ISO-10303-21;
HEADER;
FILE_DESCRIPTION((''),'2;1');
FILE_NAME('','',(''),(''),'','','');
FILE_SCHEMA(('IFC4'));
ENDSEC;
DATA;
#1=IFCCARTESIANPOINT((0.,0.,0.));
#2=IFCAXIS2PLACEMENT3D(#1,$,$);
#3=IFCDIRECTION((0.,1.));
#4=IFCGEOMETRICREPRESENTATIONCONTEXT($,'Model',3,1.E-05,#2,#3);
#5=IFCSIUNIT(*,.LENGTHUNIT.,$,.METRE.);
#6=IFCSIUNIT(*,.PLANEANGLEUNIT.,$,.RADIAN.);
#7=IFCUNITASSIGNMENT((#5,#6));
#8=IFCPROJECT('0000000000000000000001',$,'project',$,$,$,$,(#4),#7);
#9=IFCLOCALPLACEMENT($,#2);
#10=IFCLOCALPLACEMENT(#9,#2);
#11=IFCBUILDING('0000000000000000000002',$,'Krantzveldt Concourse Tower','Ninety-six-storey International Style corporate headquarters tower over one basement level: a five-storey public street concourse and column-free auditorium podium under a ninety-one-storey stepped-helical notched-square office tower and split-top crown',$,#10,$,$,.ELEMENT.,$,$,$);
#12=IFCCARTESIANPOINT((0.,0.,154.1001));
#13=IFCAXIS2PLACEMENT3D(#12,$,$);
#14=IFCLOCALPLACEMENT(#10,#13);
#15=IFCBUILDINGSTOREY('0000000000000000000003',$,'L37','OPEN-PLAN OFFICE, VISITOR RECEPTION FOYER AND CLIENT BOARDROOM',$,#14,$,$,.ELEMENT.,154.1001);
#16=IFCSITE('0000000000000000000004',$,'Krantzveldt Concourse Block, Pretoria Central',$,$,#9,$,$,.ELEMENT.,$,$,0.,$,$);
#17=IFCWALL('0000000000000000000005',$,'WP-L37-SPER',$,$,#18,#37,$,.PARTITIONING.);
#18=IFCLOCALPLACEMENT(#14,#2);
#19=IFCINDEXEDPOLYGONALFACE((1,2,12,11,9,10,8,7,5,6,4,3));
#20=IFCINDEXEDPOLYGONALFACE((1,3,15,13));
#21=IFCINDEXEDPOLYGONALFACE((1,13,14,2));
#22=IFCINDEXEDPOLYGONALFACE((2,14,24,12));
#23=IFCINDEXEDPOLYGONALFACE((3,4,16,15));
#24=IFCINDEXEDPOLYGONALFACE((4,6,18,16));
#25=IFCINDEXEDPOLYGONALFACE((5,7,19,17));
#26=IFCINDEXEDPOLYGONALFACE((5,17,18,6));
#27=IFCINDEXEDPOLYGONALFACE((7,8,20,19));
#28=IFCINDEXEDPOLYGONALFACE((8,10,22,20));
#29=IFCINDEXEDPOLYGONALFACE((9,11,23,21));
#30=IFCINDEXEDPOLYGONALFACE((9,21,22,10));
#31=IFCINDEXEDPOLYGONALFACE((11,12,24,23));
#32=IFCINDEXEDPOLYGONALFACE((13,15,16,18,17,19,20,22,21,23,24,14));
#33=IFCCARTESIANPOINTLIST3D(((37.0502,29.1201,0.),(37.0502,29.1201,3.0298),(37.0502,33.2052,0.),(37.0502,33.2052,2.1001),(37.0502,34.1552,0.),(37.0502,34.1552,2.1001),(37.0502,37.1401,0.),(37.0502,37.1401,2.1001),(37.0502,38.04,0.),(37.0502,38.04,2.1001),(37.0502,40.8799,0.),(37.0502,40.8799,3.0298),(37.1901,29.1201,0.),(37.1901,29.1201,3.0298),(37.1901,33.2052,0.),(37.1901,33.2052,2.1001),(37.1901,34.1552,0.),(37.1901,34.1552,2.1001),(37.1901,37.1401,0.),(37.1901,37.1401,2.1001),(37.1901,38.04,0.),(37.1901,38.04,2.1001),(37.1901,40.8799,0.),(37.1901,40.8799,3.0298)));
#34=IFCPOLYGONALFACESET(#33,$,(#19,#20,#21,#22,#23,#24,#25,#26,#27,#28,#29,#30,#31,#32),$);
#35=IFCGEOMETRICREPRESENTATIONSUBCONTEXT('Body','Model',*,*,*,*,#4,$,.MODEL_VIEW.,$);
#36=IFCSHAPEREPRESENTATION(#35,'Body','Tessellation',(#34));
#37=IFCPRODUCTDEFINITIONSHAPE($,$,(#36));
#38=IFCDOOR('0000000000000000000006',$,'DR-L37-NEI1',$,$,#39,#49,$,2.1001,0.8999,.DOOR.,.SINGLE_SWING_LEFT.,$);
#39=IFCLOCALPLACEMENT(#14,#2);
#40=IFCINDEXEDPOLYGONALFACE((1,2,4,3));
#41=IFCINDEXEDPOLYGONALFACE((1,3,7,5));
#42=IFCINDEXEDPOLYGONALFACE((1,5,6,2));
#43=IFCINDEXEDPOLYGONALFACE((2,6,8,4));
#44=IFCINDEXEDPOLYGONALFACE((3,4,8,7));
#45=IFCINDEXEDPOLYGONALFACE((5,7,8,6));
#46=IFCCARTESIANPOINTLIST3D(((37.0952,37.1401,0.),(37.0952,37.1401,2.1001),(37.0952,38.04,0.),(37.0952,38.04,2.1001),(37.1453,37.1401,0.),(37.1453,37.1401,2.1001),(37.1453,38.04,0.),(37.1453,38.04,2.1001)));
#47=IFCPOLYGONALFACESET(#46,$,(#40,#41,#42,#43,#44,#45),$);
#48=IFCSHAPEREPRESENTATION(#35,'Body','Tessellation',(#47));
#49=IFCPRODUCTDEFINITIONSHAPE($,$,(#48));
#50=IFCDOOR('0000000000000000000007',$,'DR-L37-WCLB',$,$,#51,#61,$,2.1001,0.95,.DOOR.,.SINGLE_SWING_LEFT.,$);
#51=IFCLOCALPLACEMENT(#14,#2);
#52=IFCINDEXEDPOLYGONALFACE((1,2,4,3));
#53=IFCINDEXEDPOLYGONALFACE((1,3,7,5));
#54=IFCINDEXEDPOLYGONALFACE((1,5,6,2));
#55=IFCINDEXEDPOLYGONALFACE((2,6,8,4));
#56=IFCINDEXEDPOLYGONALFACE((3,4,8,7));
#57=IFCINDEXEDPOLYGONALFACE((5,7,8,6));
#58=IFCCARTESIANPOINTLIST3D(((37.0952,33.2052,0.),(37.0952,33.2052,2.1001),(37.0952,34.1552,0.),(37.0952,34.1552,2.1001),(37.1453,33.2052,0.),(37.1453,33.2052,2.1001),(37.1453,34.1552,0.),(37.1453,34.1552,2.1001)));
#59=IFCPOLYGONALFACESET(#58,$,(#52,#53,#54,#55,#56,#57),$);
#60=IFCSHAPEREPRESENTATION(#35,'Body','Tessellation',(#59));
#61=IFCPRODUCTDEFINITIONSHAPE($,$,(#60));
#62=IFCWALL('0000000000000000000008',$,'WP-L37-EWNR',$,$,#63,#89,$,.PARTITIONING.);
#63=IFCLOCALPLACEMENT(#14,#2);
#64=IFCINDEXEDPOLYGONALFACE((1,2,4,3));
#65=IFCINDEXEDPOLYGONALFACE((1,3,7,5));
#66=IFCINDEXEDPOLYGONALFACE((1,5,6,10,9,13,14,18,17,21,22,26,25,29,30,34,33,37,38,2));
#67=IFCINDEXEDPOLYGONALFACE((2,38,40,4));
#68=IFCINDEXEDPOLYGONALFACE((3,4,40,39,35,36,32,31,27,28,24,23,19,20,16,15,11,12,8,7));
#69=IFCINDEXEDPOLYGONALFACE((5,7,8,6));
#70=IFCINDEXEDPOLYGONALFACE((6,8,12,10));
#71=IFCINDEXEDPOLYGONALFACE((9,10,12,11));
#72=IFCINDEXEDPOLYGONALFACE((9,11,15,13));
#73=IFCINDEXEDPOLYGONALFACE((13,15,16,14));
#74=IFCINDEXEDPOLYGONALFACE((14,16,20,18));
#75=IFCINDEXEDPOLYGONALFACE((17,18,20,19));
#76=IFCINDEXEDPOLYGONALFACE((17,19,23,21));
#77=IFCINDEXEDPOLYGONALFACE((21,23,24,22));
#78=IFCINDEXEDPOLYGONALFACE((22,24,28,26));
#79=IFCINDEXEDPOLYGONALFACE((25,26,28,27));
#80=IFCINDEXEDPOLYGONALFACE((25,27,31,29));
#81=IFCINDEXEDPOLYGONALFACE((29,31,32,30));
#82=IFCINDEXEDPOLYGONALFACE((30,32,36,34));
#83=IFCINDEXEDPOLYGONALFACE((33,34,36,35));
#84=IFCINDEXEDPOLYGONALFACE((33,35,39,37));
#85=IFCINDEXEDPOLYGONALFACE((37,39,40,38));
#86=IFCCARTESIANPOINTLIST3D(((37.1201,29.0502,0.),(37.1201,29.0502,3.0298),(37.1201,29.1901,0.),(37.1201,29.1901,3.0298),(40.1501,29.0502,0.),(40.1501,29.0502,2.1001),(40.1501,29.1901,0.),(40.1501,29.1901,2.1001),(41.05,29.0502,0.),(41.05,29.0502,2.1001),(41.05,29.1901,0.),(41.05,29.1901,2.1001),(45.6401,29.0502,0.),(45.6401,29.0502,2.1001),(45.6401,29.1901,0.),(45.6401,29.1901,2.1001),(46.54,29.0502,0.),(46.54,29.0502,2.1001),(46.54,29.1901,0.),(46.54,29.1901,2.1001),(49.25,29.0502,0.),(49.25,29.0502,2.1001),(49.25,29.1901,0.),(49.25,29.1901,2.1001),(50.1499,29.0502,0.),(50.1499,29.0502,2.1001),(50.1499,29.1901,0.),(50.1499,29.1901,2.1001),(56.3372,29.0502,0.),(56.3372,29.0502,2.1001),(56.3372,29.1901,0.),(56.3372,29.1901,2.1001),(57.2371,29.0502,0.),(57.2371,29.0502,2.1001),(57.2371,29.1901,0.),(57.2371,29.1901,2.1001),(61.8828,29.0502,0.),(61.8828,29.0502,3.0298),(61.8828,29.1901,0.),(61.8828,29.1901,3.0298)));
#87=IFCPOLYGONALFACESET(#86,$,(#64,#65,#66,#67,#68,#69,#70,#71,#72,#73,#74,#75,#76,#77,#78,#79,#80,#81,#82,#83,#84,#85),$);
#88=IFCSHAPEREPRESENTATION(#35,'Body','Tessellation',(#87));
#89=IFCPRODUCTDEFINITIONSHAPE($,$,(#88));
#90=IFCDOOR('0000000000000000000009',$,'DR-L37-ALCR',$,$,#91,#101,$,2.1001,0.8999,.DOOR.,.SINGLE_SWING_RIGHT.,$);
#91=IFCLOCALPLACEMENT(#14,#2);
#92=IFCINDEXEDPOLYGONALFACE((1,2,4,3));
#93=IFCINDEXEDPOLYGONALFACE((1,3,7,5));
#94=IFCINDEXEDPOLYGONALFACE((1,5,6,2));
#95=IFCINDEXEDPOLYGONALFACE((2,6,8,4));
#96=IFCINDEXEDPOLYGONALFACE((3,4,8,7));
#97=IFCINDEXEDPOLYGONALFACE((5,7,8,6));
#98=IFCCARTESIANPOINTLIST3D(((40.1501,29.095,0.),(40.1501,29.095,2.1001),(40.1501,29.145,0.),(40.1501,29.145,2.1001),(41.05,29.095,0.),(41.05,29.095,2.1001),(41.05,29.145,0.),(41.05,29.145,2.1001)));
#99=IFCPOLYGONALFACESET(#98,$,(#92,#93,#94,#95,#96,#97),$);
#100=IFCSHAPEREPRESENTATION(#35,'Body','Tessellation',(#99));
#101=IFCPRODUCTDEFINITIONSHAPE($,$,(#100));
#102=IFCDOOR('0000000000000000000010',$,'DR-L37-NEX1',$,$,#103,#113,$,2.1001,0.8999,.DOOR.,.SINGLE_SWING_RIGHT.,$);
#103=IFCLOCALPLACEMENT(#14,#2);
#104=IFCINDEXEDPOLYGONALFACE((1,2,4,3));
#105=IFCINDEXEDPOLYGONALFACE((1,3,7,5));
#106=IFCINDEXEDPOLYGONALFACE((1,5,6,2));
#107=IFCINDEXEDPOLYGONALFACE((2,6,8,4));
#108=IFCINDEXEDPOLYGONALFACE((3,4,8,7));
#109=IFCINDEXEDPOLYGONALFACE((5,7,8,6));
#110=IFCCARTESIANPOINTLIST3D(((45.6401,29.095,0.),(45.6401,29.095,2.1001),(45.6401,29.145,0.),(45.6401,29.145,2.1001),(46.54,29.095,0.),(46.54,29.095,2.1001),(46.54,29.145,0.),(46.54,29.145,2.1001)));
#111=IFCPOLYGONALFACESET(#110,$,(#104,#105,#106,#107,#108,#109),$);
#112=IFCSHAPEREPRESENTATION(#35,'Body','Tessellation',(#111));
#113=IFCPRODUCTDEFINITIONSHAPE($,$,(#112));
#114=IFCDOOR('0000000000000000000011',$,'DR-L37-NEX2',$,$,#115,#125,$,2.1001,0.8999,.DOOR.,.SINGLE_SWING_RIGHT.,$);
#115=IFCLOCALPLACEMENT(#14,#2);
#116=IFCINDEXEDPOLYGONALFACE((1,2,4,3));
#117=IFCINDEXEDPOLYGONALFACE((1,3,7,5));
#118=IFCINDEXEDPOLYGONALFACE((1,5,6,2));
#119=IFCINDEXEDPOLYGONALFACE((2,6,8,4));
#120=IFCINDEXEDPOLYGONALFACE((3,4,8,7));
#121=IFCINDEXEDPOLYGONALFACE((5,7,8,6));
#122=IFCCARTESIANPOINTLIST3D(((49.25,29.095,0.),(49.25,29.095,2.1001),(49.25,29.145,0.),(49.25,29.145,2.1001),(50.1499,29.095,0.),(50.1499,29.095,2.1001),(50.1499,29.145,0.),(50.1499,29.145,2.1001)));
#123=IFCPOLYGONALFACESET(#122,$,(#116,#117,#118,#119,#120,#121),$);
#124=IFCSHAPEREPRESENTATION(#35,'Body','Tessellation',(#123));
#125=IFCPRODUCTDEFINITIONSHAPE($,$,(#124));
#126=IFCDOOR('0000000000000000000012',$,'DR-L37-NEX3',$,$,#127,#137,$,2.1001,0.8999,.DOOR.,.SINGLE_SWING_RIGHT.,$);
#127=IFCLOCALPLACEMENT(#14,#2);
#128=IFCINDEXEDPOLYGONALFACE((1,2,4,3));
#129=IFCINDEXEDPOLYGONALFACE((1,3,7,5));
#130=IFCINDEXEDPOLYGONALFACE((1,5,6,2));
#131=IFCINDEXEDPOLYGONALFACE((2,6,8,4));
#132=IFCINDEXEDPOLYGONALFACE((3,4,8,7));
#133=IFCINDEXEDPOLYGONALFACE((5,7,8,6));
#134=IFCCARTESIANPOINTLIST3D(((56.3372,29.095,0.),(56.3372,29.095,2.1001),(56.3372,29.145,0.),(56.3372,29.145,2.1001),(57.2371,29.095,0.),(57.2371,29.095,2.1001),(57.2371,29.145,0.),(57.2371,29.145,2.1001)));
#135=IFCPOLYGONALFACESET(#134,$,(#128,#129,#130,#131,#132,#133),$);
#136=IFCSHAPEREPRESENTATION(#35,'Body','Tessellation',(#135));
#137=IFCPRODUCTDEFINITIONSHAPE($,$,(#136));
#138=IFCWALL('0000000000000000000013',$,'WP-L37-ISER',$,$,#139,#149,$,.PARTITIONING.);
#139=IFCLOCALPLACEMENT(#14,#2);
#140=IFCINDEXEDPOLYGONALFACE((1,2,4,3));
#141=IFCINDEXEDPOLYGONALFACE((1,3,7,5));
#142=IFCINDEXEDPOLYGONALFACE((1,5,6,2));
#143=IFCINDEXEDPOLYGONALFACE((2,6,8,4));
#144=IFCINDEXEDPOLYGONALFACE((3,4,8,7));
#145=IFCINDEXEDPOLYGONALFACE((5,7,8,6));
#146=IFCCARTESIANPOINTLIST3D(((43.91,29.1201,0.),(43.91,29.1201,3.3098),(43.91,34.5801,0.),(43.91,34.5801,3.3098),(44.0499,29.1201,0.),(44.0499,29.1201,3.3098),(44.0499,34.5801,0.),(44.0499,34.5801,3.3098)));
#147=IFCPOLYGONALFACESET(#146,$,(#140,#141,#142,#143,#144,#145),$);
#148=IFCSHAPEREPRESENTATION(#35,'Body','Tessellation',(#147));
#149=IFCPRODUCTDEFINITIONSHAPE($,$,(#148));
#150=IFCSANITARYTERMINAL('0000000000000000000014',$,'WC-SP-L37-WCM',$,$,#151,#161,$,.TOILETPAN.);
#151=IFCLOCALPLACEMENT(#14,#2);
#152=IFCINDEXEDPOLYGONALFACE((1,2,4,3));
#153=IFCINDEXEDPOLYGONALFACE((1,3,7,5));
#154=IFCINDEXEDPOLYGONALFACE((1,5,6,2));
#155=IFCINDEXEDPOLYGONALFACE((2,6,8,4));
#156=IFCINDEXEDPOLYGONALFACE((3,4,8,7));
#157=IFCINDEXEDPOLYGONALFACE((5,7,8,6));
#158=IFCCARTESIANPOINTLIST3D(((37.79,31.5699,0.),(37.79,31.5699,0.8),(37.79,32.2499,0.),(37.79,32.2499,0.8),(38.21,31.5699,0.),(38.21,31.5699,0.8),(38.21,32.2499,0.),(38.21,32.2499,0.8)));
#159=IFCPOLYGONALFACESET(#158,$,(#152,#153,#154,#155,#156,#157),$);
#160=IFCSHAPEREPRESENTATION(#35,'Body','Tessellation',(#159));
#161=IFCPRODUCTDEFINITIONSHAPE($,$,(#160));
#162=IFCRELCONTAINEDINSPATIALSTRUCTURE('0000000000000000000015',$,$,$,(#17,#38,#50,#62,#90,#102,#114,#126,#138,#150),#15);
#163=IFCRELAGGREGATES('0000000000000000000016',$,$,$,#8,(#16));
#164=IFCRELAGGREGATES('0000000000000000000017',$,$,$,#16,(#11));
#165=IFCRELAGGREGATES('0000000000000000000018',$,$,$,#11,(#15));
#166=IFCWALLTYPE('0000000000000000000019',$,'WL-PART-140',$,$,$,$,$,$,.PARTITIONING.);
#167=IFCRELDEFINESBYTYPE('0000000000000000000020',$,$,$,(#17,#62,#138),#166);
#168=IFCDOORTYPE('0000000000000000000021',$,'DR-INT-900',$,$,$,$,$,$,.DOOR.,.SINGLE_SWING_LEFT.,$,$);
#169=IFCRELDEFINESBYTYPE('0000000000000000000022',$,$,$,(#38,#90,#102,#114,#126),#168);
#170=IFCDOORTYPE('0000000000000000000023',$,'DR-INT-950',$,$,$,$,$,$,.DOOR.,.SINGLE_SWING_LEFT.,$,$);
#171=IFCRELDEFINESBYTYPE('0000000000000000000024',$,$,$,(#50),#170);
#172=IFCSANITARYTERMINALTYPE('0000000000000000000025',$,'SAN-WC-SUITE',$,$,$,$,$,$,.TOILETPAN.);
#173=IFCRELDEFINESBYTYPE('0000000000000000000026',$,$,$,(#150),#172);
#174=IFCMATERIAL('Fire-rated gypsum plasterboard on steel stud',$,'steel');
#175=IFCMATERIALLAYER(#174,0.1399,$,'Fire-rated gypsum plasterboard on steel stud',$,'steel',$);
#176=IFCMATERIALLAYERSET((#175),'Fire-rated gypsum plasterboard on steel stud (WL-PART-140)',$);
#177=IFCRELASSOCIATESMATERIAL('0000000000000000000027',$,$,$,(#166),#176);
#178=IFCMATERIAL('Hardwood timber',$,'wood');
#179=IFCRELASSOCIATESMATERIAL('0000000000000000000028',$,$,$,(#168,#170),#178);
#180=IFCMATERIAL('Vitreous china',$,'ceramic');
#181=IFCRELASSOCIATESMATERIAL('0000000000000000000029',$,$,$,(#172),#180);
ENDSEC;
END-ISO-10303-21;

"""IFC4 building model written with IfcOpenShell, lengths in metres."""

from ifc_helpers import new_model, si_unit, direction, frame, frame_2d, origin, origin_2d, place, context, subcontext, project, spatial, rectangle, extrude, source, transform, mapped, material, layer, layer_set, type_object, type_shapes, element, fill, save


model = new_model("IFC4")

# Units and contexts
model_context = context("Model", 3, precision=1e-05, world=origin(), true_north=direction((0.0, 1.0)))
body_context = subcontext(model_context, "Body", "Model", "MODEL_VIEW")
ifc_project = project(units=[si_unit("LENGTHUNIT", "METRE"), si_unit("PLANEANGLEUNIT", "RADIAN")], contexts=[model_context])

# Site, building, storey
site_placement = place(None, origin())
site = spatial("IfcSite", under=ifc_project, at=site_placement, Name="Krantzveldt Concourse Block, Pretoria Central", CompositionType="ELEMENT", RefElevation=0.0)
building_placement = place(site_placement, origin())
building = spatial("IfcBuilding", under=site, at=building_placement, Name="Krantzveldt Concourse Tower", Description="Ninety-six-storey International Style corporate headquarters tower over one basement level: a five-storey public street concourse and column-free auditorium podium under a ninety-one-storey stepped-helical notched-square office tower and split-top crown", CompositionType="ELEMENT")
storey_placement = place(building_placement, frame((0.0, 0.0, 154.1001)))
storey = spatial("IfcBuildingStorey", under=building, at=storey_placement, Name="L37", Description="OPEN-PLAN OFFICE, VISITOR RECEPTION FOYER AND CLIENT BOARDROOM", CompositionType="ELEMENT", Elevation=154.1001)

# Shared definitions
ifc_material_1 = material(Name="Fire-rated gypsum plasterboard on steel stud", Category="steel")

# Walls, openings, doors
ifc_layer_1 = layer(ifc_material_1, 0.1399, Name="Fire-rated gypsum plasterboard on steel stud", Category="steel")
ifc_layer_set_1 = layer_set([ifc_layer_1], Name="Fire-rated gypsum plasterboard on steel stud (WL-PART-140)")
wall_type_1 = type_object("IfcWallType", Name="WL-PART-140", PredefinedType="PARTITIONING", material=ifc_layer_set_1)
wall_1_placement = place(storey_placement, frame((37.1201, 29.1201, 0.0), z_axis=(0.0, 0.0, 1.0), x_axis=(0.0, 1.0, 0.0)))
wall_1 = element("IfcWall", 1, at=wall_1_placement, inside=storey, type_object=wall_type_1, Name="WP-L37-SPER", PredefinedType="PARTITIONING", context=body_context, shape_type="SweptSolid", body=[
    extrude(rectangle(XDim=11.7598, YDim=0.1399, at=frame_2d((5.8799, 0.0))), origin(), (0.0, 0.0, 1.0), 3.0298),
])
opening_1_placement = place(wall_1_placement, frame((4.085, 0.0, 0.0)))
opening_1 = element("IfcOpeningElement", 2, at=opening_1_placement, cuts=wall_1, PredefinedType="OPENING", context=body_context, shape_type="SweptSolid", body=[
    extrude(rectangle(XDim=0.95, YDim=2.1001, at=frame_2d((0.4751, 1.05))), frame((0.0, 0.0801, 0.0), z_axis=(0.0, -1.0, 0.0), x_axis=(1.0, 0.0, 0.0)), (0.0, 0.0, 1.0), 0.1599),
])
opening_2_placement = place(wall_1_placement, frame((8.02, 0.0, 0.0)))
opening_2 = element("IfcOpeningElement", 3, at=opening_2_placement, cuts=wall_1, PredefinedType="OPENING", context=body_context, shape_type="SweptSolid", body=[
    extrude(rectangle(XDim=0.8999, YDim=2.1001, at=frame_2d((0.45, 1.05))), frame((0.0, 0.0801, 0.0), z_axis=(0.0, -1.0, 0.0), x_axis=(1.0, 0.0, 0.0)), (0.0, 0.0, 1.0), 0.1599),
])
ifc_material_2 = material(Name="Hardwood timber", Category="wood")
door_type_1 = type_object("IfcDoorType", Name="DR-INT-900", OperationType="SINGLE_SWING_LEFT", PredefinedType="DOOR", material=ifc_material_2)
door_1_placement = place(opening_2_placement, origin())
door_1 = element("IfcDoor", 4, at=door_1_placement, inside=storey, type_object=door_type_1, Name="DR-L37-NEI1", OperationType="SINGLE_SWING_LEFT", OverallHeight=2.1001, OverallWidth=0.8999, PredefinedType="DOOR", context=body_context, shape_type="SweptSolid", body=[
    extrude(rectangle(XDim=0.8999, YDim=2.1001, at=frame_2d((0.45, 1.05))), frame((0.0, 0.0249, 0.0), z_axis=(0.0, -1.0, 0.0), x_axis=(1.0, 0.0, 0.0)), (0.0, 0.0, 1.0), 0.05),
])
fill(opening_2, door_1)
door_type_2 = type_object("IfcDoorType", Name="DR-INT-950", OperationType="SINGLE_SWING_LEFT", PredefinedType="DOOR", material=ifc_material_2)
door_2_placement = place(opening_1_placement, origin())
door_2 = element("IfcDoor", 5, at=door_2_placement, inside=storey, type_object=door_type_2, Name="DR-L37-WCLB", OperationType="SINGLE_SWING_LEFT", OverallHeight=2.1001, OverallWidth=0.95, PredefinedType="DOOR", context=body_context, shape_type="SweptSolid", body=[
    extrude(rectangle(XDim=0.95, YDim=2.1001, at=frame_2d((0.4751, 1.05))), frame((0.0, 0.0249, 0.0), z_axis=(0.0, -1.0, 0.0), x_axis=(1.0, 0.0, 0.0)), (0.0, 0.0, 1.0), 0.05),
])
fill(opening_1, door_2)
wall_2_placement = place(storey_placement, frame((37.1201, 29.1201, 0.0), z_axis=(0.0, 0.0, 1.0), x_axis=(1.0, 0.0, 0.0)))
wall_2 = element("IfcWall", 6, at=wall_2_placement, inside=storey, type_object=wall_type_1, Name="WP-L37-EWNR", PredefinedType="PARTITIONING", context=body_context, shape_type="SweptSolid", body=[
    extrude(rectangle(XDim=24.7627, YDim=0.1399, at=frame_2d((12.3813, 0.0))), origin(), (0.0, 0.0, 1.0), 3.0298),
])
opening_3_placement = place(wall_2_placement, frame((3.03, 0.0, 0.0)))
opening_3 = element("IfcOpeningElement", 7, at=opening_3_placement, cuts=wall_2, PredefinedType="OPENING", context=body_context, shape_type="SweptSolid", body=[
    extrude(rectangle(XDim=0.8999, YDim=2.1001, at=frame_2d((0.45, 1.05))), frame((0.0, 0.0801, 0.0), z_axis=(0.0, -1.0, 0.0), x_axis=(1.0, 0.0, 0.0)), (0.0, 0.0, 1.0), 0.1599),
])
opening_4_placement = place(wall_2_placement, frame((8.52, 0.0, 0.0)))
opening_4 = element("IfcOpeningElement", 8, at=opening_4_placement, cuts=wall_2, PredefinedType="OPENING", context=body_context, shape_type="SweptSolid", body=[
    extrude(rectangle(XDim=0.8999, YDim=2.1001, at=frame_2d((0.45, 1.05))), frame((0.0, 0.0801, 0.0), z_axis=(0.0, -1.0, 0.0), x_axis=(1.0, 0.0, 0.0)), (0.0, 0.0, 1.0), 0.1599),
])
opening_5_placement = place(wall_2_placement, frame((12.1299, 0.0, 0.0)))
opening_5 = element("IfcOpeningElement", 9, at=opening_5_placement, cuts=wall_2, PredefinedType="OPENING", context=body_context, shape_type="SweptSolid", body=[
    extrude(rectangle(XDim=0.8999, YDim=2.1001, at=frame_2d((0.45, 1.05))), frame((0.0, 0.0801, 0.0), z_axis=(0.0, -1.0, 0.0), x_axis=(1.0, 0.0, 0.0)), (0.0, 0.0, 1.0), 0.1599),
])
opening_6_placement = place(wall_2_placement, frame((19.217, 0.0, 0.0)))
opening_6 = element("IfcOpeningElement", 10, at=opening_6_placement, cuts=wall_2, PredefinedType="OPENING", context=body_context, shape_type="SweptSolid", body=[
    extrude(rectangle(XDim=0.8999, YDim=2.1001, at=frame_2d((0.45, 1.05))), frame((0.0, 0.0801, 0.0), z_axis=(0.0, -1.0, 0.0), x_axis=(1.0, 0.0, 0.0)), (0.0, 0.0, 1.0), 0.1599),
])
door_3_placement = place(opening_3_placement, origin())
door_3 = element("IfcDoor", 11, at=door_3_placement, inside=storey, type_object=door_type_1, Name="DR-L37-ALCR", OperationType="SINGLE_SWING_RIGHT", OverallHeight=2.1001, OverallWidth=0.8999, PredefinedType="DOOR", context=body_context, shape_type="SweptSolid", body=[
    extrude(rectangle(XDim=0.8999, YDim=2.1001, at=frame_2d((0.45, 1.05))), frame((0.0, 0.0249, 0.0), z_axis=(0.0, -1.0, 0.0), x_axis=(1.0, 0.0, 0.0)), (0.0, 0.0, 1.0), 0.05),
])
fill(opening_3, door_3)
door_4_placement = place(opening_4_placement, origin())
door_4 = element("IfcDoor", 12, at=door_4_placement, inside=storey, type_object=door_type_1, Name="DR-L37-NEX1", OperationType="SINGLE_SWING_RIGHT", OverallHeight=2.1001, OverallWidth=0.8999, PredefinedType="DOOR", context=body_context, shape_type="SweptSolid", body=[
    extrude(rectangle(XDim=0.8999, YDim=2.1001, at=frame_2d((0.45, 1.05))), frame((0.0, 0.0249, 0.0), z_axis=(0.0, -1.0, 0.0), x_axis=(1.0, 0.0, 0.0)), (0.0, 0.0, 1.0), 0.05),
])
fill(opening_4, door_4)
door_5_placement = place(opening_5_placement, origin())
door_5 = element("IfcDoor", 13, at=door_5_placement, inside=storey, type_object=door_type_1, Name="DR-L37-NEX2", OperationType="SINGLE_SWING_RIGHT", OverallHeight=2.1001, OverallWidth=0.8999, PredefinedType="DOOR", context=body_context, shape_type="SweptSolid", body=[
    extrude(rectangle(XDim=0.8999, YDim=2.1001, at=frame_2d((0.45, 1.05))), frame((0.0, 0.0249, 0.0), z_axis=(0.0, -1.0, 0.0), x_axis=(1.0, 0.0, 0.0)), (0.0, 0.0, 1.0), 0.05),
])
fill(opening_5, door_5)
door_6_placement = place(opening_6_placement, origin())
door_6 = element("IfcDoor", 14, at=door_6_placement, inside=storey, type_object=door_type_1, Name="DR-L37-NEX3", OperationType="SINGLE_SWING_RIGHT", OverallHeight=2.1001, OverallWidth=0.8999, PredefinedType="DOOR", context=body_context, shape_type="SweptSolid", body=[
    extrude(rectangle(XDim=0.8999, YDim=2.1001, at=frame_2d((0.45, 1.05))), frame((0.0, 0.0249, 0.0), z_axis=(0.0, -1.0, 0.0), x_axis=(1.0, 0.0, 0.0)), (0.0, 0.0, 1.0), 0.05),
])
fill(opening_6, door_6)

# Wall
wall_3_placement = place(storey_placement, frame((43.98, 29.1201, 0.0), z_axis=(0.0, 0.0, 1.0), x_axis=(0.0, 1.0, 0.0)))
element("IfcWall", 15, at=wall_3_placement, inside=storey, type_object=wall_type_1, Name="WP-L37-ISER", PredefinedType="PARTITIONING", context=body_context, shape_type="SweptSolid", body=[
    extrude(rectangle(XDim=5.46, YDim=0.1399, at=frame_2d((2.73, 0.0))), origin(), (0.0, 0.0, 1.0), 3.3098),
])

# Sanitary terminal
ifc_material_3 = material(Name="Vitreous china", Category="ceramic")
sanitary_terminal_type_1 = type_object("IfcSanitaryTerminalType", Name="SAN-WC-SUITE", PredefinedType="TOILETPAN", material=ifc_material_3)
shared_shape_1 = source(origin(), body_context, "Body", "SweptSolid", [
    extrude(rectangle(XDim=0.4199, YDim=0.6799, at=origin_2d()), origin(), (0.0, 0.0, 1.0), 0.8),
])
type_shapes(sanitary_terminal_type_1, [shared_shape_1])
for number, where, z_axis, x_axis, name in (
    (16, (38.0, 31.9099, 0.0), (0.0, 0.0, 1.0), (1.0, 0.0, 0.0), "WC-SP-L37-WCM"),
):
    element("IfcSanitaryTerminal", number, at=place(storey_placement, frame(where, z_axis=z_axis, x_axis=x_axis)), inside=storey, type_object=sanitary_terminal_type_1, Name=name, PredefinedType="TOILETPAN", context=body_context, shape_type="MappedRepresentation", body=[
        mapped(shared_shape_1, transform((0.0, 0.0, 0.0), x_axis=(1.0, 0.0, 0.0), y_axis=(0.0, 1.0, 0.0), z_axis=(0.0, 0.0, 1.0), scale=1.0)),
    ])

save(model, "model.ifc")
